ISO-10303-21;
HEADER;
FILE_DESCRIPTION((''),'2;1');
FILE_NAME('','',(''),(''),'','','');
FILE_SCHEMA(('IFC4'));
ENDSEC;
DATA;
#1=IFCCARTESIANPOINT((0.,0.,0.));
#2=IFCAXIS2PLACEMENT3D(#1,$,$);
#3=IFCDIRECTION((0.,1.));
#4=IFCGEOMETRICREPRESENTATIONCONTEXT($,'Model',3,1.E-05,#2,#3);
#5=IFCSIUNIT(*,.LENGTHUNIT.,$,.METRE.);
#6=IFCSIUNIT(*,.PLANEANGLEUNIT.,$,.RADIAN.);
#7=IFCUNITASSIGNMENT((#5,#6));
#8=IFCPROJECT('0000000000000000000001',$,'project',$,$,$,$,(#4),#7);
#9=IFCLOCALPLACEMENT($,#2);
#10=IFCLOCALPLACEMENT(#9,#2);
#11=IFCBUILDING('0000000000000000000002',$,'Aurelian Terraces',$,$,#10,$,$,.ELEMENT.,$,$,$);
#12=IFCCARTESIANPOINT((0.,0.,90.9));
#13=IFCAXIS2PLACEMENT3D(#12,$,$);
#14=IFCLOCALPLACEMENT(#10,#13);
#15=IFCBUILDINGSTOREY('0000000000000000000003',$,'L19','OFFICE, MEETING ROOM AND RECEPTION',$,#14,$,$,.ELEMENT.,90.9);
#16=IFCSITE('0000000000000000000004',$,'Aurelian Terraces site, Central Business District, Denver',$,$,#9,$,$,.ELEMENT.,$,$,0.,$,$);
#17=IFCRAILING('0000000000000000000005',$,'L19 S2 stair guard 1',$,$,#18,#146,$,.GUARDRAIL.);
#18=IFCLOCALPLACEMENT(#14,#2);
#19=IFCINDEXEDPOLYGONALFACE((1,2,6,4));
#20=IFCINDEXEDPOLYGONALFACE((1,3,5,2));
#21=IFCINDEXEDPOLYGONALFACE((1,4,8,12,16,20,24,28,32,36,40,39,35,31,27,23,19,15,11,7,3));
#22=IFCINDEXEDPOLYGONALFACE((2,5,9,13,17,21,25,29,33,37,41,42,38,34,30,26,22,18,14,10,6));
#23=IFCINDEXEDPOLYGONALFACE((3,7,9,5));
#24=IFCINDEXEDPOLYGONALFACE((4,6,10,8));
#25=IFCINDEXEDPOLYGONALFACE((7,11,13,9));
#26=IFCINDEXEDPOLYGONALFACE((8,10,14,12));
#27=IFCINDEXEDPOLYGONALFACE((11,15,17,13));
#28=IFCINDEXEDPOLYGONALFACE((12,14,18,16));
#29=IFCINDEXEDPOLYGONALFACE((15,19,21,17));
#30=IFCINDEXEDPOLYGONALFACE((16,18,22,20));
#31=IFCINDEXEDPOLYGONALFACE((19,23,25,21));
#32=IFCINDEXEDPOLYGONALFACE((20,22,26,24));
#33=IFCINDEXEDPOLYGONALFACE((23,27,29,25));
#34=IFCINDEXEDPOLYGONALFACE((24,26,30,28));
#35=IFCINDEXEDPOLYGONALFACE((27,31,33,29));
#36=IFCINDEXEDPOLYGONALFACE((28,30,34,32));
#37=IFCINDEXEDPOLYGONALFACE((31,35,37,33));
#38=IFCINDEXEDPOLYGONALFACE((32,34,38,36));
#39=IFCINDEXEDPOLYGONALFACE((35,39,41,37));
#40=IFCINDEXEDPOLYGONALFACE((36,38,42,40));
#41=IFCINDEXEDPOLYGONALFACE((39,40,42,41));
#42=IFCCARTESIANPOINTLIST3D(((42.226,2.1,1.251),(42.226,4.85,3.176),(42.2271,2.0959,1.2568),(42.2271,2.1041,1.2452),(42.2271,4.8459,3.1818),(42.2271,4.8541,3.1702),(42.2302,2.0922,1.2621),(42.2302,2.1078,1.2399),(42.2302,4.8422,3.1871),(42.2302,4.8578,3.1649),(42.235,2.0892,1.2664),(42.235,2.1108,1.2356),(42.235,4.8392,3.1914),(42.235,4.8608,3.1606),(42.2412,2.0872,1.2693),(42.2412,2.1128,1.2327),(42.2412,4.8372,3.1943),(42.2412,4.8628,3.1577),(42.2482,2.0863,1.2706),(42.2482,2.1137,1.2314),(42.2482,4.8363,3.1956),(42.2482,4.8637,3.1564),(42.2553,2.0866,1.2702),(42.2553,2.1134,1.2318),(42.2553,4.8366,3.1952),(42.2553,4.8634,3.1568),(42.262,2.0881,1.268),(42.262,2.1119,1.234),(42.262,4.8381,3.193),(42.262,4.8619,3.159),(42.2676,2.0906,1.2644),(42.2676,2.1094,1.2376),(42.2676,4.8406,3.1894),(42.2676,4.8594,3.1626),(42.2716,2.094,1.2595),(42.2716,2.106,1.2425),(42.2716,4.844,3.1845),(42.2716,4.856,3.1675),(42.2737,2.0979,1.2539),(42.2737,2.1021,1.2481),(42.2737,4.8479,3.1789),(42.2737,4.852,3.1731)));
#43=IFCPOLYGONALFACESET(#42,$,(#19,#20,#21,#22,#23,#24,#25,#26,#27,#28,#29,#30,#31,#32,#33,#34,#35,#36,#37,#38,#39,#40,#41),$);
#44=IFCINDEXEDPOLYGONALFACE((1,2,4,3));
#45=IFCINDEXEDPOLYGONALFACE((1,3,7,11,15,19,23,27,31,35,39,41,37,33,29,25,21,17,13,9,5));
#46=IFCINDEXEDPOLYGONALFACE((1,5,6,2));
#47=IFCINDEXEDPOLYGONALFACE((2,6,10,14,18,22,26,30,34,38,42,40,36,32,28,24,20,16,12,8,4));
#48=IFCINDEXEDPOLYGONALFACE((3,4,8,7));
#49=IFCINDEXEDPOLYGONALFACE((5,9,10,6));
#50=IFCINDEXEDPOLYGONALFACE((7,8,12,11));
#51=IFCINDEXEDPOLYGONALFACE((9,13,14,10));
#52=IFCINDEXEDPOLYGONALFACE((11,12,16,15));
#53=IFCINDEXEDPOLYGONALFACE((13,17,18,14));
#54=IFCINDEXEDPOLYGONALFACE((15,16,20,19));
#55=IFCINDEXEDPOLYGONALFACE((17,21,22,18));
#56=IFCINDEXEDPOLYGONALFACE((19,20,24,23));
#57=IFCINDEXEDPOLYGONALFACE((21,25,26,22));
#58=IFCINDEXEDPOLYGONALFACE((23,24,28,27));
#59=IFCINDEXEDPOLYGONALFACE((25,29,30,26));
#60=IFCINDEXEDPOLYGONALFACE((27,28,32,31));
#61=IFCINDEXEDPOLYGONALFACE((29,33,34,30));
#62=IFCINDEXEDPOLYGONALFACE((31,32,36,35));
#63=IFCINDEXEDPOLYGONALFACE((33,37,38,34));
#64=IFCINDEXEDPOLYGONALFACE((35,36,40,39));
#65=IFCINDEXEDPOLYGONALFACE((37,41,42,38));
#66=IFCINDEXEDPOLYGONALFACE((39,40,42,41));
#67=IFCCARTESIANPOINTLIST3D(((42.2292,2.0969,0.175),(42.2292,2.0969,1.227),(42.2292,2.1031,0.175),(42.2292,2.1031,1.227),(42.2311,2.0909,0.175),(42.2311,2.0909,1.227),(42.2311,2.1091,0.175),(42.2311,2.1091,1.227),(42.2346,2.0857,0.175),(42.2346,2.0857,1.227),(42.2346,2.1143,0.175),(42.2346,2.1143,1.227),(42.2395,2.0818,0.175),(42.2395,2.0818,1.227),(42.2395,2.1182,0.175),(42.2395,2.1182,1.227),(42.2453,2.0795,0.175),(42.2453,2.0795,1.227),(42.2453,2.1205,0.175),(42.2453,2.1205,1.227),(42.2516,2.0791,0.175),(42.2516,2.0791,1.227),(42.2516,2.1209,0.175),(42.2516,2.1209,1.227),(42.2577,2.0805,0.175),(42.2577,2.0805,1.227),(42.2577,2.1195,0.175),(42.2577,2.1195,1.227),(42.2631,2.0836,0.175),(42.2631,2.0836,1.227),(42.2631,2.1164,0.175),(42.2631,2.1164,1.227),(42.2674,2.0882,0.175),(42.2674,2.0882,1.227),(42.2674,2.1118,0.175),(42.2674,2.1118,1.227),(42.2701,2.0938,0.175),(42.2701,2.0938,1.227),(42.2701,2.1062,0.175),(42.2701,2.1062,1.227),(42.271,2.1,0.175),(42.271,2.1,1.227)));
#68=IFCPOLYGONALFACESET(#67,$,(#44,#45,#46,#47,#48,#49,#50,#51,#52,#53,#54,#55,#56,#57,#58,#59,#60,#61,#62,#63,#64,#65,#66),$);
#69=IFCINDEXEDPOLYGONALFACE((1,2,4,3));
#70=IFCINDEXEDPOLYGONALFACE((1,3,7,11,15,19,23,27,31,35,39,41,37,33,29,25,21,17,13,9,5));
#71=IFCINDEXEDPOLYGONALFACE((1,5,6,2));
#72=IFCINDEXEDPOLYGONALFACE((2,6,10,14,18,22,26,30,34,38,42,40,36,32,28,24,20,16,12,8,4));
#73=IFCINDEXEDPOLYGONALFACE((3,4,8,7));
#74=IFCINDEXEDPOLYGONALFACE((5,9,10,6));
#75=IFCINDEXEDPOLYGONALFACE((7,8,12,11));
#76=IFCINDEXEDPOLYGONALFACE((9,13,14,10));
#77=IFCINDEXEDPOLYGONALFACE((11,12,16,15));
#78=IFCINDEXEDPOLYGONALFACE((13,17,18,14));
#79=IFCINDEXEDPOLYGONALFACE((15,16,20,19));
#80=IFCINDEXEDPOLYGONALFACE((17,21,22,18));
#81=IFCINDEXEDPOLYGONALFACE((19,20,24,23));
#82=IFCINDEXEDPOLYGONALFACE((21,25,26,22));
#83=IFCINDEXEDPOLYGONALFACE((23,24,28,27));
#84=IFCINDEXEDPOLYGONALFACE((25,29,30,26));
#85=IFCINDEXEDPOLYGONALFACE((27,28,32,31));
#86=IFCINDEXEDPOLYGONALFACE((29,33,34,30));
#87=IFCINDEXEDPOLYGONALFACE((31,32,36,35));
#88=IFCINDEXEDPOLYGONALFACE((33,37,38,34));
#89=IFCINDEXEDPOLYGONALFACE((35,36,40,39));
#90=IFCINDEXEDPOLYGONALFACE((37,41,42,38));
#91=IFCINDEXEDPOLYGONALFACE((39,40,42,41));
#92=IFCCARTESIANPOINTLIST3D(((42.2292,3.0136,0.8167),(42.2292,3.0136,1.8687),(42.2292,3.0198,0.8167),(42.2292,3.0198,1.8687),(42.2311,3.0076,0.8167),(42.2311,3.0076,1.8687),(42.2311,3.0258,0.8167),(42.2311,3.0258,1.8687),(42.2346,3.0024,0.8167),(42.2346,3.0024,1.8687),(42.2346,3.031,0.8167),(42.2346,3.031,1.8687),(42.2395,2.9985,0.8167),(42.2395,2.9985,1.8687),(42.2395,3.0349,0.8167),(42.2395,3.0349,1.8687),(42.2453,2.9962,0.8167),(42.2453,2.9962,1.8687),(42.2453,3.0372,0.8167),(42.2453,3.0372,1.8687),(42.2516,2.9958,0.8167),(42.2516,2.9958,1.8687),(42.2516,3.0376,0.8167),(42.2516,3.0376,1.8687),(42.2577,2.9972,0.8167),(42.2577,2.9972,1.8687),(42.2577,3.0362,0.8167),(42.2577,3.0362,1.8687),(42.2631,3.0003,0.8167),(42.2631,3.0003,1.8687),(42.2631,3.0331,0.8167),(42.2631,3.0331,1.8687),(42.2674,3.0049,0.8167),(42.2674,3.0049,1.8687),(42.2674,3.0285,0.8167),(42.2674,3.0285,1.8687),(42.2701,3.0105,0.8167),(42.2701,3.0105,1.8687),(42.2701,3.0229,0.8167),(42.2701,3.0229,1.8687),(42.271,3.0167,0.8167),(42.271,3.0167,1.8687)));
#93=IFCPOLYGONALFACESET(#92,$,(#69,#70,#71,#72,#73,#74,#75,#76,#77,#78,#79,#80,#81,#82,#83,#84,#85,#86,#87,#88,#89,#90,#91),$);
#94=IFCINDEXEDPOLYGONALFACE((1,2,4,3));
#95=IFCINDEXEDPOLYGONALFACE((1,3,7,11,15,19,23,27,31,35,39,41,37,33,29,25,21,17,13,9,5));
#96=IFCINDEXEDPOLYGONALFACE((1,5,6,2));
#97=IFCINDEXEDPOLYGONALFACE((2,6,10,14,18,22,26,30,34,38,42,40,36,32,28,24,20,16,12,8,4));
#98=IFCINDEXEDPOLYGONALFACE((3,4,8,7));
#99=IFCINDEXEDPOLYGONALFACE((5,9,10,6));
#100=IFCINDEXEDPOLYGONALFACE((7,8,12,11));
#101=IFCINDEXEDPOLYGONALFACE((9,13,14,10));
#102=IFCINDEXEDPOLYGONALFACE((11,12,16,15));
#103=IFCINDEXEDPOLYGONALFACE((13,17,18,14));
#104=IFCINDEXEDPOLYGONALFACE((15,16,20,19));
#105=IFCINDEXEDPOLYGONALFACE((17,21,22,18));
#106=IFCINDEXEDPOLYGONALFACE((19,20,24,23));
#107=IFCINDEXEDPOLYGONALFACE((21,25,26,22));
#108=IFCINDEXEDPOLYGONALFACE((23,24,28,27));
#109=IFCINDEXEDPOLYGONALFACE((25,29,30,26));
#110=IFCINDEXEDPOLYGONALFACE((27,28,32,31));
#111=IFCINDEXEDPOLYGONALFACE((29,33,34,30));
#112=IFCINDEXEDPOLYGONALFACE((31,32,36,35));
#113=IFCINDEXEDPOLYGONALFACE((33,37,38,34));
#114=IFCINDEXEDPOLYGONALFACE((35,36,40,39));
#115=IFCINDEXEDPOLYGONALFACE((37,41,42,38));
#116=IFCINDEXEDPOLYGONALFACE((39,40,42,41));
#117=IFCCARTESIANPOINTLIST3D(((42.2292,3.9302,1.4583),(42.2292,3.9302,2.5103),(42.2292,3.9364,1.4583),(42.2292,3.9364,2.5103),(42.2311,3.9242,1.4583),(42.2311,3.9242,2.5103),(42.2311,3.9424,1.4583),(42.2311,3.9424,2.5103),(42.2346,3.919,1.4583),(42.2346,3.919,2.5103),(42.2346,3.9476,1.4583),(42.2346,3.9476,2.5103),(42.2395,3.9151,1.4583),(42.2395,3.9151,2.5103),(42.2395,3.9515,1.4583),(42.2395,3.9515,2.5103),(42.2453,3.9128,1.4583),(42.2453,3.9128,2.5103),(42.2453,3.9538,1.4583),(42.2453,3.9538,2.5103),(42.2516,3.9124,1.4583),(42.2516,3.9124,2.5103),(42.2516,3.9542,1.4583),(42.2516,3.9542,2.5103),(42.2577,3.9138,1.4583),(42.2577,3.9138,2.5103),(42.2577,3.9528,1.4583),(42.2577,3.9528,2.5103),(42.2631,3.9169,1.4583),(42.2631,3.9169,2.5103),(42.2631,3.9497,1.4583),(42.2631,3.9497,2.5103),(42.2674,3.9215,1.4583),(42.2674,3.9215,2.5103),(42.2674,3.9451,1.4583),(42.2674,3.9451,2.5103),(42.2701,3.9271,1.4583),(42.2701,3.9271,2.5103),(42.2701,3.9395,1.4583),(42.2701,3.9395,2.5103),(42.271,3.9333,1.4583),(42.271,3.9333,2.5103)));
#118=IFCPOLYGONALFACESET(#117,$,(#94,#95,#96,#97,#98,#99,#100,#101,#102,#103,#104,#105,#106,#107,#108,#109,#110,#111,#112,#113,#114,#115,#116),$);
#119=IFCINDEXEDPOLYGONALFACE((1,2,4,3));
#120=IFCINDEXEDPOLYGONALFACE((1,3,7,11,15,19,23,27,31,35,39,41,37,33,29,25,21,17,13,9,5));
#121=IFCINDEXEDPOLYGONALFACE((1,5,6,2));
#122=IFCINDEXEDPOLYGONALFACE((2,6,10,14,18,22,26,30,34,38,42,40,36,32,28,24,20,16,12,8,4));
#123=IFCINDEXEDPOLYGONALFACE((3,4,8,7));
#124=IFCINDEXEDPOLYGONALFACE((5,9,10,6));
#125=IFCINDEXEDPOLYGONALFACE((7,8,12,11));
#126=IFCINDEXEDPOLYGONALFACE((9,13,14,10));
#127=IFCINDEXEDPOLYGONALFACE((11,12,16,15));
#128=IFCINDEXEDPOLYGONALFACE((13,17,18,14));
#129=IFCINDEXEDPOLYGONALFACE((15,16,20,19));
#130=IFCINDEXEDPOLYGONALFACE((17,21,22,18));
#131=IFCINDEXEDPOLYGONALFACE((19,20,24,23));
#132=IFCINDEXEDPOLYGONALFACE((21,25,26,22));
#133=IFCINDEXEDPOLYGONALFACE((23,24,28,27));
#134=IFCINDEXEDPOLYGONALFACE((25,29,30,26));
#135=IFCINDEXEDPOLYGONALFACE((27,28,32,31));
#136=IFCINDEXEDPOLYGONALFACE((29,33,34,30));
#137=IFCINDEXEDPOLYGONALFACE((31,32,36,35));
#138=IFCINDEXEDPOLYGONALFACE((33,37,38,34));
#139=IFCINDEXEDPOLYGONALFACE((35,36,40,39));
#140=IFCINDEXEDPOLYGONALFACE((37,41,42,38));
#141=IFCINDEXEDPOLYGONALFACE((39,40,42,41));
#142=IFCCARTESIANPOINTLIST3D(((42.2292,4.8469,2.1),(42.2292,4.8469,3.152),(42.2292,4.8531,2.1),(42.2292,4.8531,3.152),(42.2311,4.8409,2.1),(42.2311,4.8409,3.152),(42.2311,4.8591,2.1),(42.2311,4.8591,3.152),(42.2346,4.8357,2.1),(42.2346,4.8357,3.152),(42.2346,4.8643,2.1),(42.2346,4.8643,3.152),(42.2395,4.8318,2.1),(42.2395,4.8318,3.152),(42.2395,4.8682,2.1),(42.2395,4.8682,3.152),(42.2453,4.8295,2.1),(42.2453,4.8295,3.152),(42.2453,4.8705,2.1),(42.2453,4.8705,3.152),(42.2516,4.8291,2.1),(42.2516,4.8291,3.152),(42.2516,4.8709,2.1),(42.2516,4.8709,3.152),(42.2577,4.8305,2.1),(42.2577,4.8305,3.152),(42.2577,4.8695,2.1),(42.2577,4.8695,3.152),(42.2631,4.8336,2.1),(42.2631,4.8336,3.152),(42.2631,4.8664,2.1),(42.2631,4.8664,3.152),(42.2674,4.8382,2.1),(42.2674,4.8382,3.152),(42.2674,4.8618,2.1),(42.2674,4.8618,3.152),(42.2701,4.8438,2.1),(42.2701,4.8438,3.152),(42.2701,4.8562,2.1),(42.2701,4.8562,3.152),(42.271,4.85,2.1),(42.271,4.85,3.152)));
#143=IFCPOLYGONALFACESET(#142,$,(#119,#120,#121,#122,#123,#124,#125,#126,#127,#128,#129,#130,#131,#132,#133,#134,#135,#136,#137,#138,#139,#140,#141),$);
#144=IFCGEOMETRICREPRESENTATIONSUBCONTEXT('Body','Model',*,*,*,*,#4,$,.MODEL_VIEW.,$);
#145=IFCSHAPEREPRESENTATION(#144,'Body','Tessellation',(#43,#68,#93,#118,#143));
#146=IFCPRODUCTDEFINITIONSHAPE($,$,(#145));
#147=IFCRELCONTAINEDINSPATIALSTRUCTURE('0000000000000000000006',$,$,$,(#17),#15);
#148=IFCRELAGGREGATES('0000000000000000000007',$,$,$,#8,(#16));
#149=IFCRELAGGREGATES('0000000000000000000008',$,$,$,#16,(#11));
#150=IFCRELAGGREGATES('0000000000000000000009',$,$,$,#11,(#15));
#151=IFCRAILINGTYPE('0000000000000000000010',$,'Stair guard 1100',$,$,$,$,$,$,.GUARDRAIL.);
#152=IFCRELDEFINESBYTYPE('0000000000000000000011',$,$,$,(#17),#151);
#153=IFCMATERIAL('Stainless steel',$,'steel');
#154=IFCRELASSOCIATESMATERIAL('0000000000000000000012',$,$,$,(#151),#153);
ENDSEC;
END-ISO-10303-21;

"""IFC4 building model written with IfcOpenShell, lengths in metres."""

from ifc_helpers import new_model, si_unit, direction, frame, origin, origin_2d, place, context, subcontext, project, spatial, circle, extrude, source, transform, mapped, material, type_object, element, save


model = new_model("IFC4")

# Units and contexts
model_context = context("Model", 3, precision=1e-05, world=origin(), true_north=direction((0.0, 1.0)))
body_context = subcontext(model_context, "Body", "Model", "MODEL_VIEW")
ifc_project = project(units=[si_unit("LENGTHUNIT", "METRE"), si_unit("PLANEANGLEUNIT", "RADIAN")], contexts=[model_context])

# Site, building, storey
site_placement = place(None, origin())
site = spatial("IfcSite", under=ifc_project, at=site_placement, Name="Aurelian Terraces site, Central Business District, Denver", CompositionType="ELEMENT", RefElevation=0.0)
building_placement = place(site_placement, origin())
building = spatial("IfcBuilding", under=site, at=building_placement, Name="Aurelian Terraces", CompositionType="ELEMENT")
storey_placement = place(building_placement, frame((0.0, 0.0, 90.9)))
storey = spatial("IfcBuildingStorey", under=building, at=storey_placement, Name="L19", Description="OFFICE, MEETING ROOM AND RECEPTION", CompositionType="ELEMENT", Elevation=90.9)

# Railing
ifc_material_1 = material(Name="Stainless steel", Category="steel")
railing_type_1 = type_object("IfcRailingType", Name="Stair guard 1100", PredefinedType="GUARDRAIL", material=ifc_material_1)
shared_shape_1 = source(origin(), body_context, "Body", "SweptSolid", [
    extrude(circle(Radius=0.024, at=origin_2d()), frame((0.0, 0.0, 1.076), z_axis=(0.0, 0.819232, 0.573462), x_axis=(-1.0, 0.0, 0.0)), (0.0, 0.0, 1.0), 3.3568),
    extrude(circle(Radius=0.021, at=origin_2d()), origin(), (0.0, 0.0, 1.0), 1.052),
    extrude(circle(Radius=0.021, at=origin_2d()), frame((0.0, 0.9167, 0.6417)), (0.0, 0.0, 1.0), 1.052),
    extrude(circle(Radius=0.021, at=origin_2d()), frame((0.0, 1.8333, 1.2833)), (0.0, 0.0, 1.0), 1.052),
    extrude(circle(Radius=0.021, at=origin_2d()), frame((0.0, 2.75, 1.925)), (0.0, 0.0, 1.0), 1.052),
])
railing_1_placement = place(storey_placement, frame((42.25, 2.1, 0.175)))
element("IfcRailing", 1, at=railing_1_placement, inside=storey, type_object=railing_type_1, Name="L19 S2 stair guard 1", PredefinedType="GUARDRAIL", context=body_context, shape_type="MappedRepresentation", body=[
    mapped(shared_shape_1, transform((0.0, 0.0, 0.0), scale=1.0)),
])

save(model, "model.ifc")
